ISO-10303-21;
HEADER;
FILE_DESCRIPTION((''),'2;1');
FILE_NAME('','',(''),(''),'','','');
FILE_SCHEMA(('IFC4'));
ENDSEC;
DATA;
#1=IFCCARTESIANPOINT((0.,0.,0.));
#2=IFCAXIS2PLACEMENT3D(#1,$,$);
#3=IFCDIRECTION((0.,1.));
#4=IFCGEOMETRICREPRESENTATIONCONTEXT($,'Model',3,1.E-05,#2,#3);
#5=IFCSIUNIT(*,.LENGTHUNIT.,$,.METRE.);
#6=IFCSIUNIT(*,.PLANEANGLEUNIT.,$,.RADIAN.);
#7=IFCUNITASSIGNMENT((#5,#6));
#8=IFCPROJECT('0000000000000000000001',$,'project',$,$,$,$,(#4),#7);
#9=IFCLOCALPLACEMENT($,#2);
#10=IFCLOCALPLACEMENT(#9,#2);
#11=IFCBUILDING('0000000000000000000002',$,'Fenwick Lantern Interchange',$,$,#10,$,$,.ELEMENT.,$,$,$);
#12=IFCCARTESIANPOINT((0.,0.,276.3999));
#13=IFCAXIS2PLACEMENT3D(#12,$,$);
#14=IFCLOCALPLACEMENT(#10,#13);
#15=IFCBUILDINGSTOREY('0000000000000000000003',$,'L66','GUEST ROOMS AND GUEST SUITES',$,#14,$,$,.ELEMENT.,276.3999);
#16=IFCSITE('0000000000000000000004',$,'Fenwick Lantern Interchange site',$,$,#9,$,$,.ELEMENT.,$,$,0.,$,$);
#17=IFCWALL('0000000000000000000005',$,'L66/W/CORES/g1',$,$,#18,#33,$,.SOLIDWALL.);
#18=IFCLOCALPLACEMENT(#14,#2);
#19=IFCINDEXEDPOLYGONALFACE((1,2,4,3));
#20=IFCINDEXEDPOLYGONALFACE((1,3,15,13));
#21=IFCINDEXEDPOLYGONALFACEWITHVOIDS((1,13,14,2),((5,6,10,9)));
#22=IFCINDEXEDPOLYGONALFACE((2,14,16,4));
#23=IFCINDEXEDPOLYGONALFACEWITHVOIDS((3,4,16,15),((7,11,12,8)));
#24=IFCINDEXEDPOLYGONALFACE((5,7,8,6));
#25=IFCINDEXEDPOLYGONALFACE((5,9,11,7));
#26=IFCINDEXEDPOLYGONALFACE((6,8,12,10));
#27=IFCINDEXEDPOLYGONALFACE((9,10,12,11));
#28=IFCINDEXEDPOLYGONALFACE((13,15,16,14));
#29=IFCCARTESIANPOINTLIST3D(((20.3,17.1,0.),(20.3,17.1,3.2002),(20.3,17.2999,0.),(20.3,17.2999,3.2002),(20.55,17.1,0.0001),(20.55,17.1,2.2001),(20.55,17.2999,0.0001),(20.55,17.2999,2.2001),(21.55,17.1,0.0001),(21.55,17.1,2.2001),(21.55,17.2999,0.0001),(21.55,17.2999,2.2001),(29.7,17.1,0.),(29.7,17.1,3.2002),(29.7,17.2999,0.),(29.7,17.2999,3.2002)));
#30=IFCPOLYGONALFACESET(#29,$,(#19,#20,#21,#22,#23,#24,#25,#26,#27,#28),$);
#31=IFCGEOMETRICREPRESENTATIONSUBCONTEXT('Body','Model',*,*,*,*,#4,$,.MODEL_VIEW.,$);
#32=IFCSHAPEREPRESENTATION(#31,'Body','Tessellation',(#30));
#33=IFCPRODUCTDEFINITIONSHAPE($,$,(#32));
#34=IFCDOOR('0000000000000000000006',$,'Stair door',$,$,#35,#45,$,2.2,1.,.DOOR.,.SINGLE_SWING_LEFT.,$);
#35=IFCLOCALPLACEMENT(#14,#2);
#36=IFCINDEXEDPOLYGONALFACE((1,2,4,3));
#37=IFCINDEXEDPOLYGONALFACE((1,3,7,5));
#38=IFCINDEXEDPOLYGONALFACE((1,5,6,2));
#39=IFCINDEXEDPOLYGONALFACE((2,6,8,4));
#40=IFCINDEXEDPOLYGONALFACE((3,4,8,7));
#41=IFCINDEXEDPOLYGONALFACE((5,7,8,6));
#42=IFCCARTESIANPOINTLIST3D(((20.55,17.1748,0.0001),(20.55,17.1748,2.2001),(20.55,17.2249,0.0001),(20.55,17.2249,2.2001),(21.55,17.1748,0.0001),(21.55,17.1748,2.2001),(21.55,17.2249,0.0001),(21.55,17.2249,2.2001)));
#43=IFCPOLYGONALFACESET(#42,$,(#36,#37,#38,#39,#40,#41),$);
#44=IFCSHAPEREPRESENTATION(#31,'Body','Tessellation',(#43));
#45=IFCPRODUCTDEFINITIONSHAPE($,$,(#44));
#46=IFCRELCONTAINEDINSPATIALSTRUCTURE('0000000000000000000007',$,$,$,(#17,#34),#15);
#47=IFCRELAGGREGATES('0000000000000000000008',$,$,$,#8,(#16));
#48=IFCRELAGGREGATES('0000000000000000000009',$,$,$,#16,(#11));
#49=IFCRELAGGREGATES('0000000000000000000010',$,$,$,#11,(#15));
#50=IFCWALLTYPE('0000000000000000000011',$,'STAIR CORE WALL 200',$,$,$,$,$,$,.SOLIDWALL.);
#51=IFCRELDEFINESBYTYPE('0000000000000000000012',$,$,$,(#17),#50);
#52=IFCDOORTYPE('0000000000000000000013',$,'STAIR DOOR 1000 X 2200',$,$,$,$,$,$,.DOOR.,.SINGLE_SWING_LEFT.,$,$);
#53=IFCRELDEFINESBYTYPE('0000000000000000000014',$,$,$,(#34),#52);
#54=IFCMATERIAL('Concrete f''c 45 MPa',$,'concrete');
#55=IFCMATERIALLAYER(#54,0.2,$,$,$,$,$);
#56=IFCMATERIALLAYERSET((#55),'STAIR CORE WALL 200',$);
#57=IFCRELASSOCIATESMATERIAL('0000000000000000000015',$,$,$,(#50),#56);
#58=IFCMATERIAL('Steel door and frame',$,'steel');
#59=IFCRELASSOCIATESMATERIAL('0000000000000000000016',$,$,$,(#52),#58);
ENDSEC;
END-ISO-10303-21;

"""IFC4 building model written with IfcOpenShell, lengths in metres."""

from ifc_helpers import new_model, si_unit, direction, frame, frame_2d, origin, place, context, subcontext, project, spatial, rectangle, extrude, material, layer, layer_set, type_object, element, fill, save


model = new_model("IFC4")

# Units and contexts
model_context = context("Model", 3, precision=1e-05, world=origin(), true_north=direction((0.0, 1.0)))
body_context = subcontext(model_context, "Body", "Model", "MODEL_VIEW")
ifc_project = project(units=[si_unit("LENGTHUNIT", "METRE"), si_unit("PLANEANGLEUNIT", "RADIAN")], contexts=[model_context])

# Site, building, storey
site_placement = place(None, origin())
site = spatial("IfcSite", under=ifc_project, at=site_placement, Name="Fenwick Lantern Interchange site", CompositionType="ELEMENT", RefElevation=0.0)
building_placement = place(site_placement, origin())
building = spatial("IfcBuilding", under=site, at=building_placement, Name="Fenwick Lantern Interchange", CompositionType="ELEMENT")
storey_placement = place(building_placement, frame((0.0, 0.0, 276.3999)))
storey = spatial("IfcBuildingStorey", under=building, at=storey_placement, Name="L66", Description="GUEST ROOMS AND GUEST SUITES", CompositionType="ELEMENT", Elevation=276.3999)

# Shared definitions
ifc_material_1 = material(Name="Steel door and frame", Category="steel")

# Shared definitions
ifc_material_2 = material(Name="Concrete f'c 45 MPa", Category="concrete")
ifc_layer_1 = layer(ifc_material_2, 0.2)
ifc_layer_set_1 = layer_set([ifc_layer_1], Name="STAIR CORE WALL 200")
wall_type_1 = type_object("IfcWallType", Name="STAIR CORE WALL 200", PredefinedType="SOLIDWALL", material=ifc_layer_set_1)

# Wall, opening, door
wall_1_placement = place(storey_placement, frame((20.3, 17.2, 0.0), z_axis=(0.0, 0.0, 1.0), x_axis=(1.0, 0.0, 0.0)))
wall_1 = element("IfcWall", 1, at=wall_1_placement, inside=storey, type_object=wall_type_1, Name="L66/W/CORES/g1", PredefinedType="SOLIDWALL", context=body_context, shape_type="SweptSolid", body=[
    extrude(rectangle(XDim=9.3999, YDim=0.2, at=frame_2d((4.7, 0.0))), origin(), (0.0, 0.0, 1.0), 3.2002),
])
opening_1_placement = place(wall_1_placement, frame((0.25, 0.0, 0.0)))
opening_1 = element("IfcOpeningElement", 2, at=opening_1_placement, cuts=wall_1, PredefinedType="OPENING", context=body_context, shape_type="SweptSolid", body=[
    extrude(rectangle(XDim=1.0, YDim=2.2, at=frame_2d((0.5, 1.1001))), frame((0.0, 0.1099, 0.0), z_axis=(0.0, -1.0, 0.0), x_axis=(1.0, 0.0, 0.0)), (0.0, 0.0, 1.0), 0.22),
])
door_type_1 = type_object("IfcDoorType", Name="STAIR DOOR 1000 X 2200", OperationType="SINGLE_SWING_LEFT", PredefinedType="DOOR", material=ifc_material_1)
door_1_placement = place(opening_1_placement, origin())
door_1 = element("IfcDoor", 3, at=door_1_placement, inside=storey, type_object=door_type_1, Name="Stair door", OperationType="SINGLE_SWING_LEFT", OverallHeight=2.2, OverallWidth=1.0, PredefinedType="DOOR", context=body_context, shape_type="SweptSolid", body=[
    extrude(rectangle(XDim=1.0, YDim=2.2, at=frame_2d((0.5, 1.1001))), frame((0.0, 0.0249, 0.0), z_axis=(0.0, -1.0, 0.0), x_axis=(1.0, 0.0, 0.0)), (0.0, 0.0, 1.0), 0.05),
])
fill(opening_1, door_1)

save(model, "model.ifc")
